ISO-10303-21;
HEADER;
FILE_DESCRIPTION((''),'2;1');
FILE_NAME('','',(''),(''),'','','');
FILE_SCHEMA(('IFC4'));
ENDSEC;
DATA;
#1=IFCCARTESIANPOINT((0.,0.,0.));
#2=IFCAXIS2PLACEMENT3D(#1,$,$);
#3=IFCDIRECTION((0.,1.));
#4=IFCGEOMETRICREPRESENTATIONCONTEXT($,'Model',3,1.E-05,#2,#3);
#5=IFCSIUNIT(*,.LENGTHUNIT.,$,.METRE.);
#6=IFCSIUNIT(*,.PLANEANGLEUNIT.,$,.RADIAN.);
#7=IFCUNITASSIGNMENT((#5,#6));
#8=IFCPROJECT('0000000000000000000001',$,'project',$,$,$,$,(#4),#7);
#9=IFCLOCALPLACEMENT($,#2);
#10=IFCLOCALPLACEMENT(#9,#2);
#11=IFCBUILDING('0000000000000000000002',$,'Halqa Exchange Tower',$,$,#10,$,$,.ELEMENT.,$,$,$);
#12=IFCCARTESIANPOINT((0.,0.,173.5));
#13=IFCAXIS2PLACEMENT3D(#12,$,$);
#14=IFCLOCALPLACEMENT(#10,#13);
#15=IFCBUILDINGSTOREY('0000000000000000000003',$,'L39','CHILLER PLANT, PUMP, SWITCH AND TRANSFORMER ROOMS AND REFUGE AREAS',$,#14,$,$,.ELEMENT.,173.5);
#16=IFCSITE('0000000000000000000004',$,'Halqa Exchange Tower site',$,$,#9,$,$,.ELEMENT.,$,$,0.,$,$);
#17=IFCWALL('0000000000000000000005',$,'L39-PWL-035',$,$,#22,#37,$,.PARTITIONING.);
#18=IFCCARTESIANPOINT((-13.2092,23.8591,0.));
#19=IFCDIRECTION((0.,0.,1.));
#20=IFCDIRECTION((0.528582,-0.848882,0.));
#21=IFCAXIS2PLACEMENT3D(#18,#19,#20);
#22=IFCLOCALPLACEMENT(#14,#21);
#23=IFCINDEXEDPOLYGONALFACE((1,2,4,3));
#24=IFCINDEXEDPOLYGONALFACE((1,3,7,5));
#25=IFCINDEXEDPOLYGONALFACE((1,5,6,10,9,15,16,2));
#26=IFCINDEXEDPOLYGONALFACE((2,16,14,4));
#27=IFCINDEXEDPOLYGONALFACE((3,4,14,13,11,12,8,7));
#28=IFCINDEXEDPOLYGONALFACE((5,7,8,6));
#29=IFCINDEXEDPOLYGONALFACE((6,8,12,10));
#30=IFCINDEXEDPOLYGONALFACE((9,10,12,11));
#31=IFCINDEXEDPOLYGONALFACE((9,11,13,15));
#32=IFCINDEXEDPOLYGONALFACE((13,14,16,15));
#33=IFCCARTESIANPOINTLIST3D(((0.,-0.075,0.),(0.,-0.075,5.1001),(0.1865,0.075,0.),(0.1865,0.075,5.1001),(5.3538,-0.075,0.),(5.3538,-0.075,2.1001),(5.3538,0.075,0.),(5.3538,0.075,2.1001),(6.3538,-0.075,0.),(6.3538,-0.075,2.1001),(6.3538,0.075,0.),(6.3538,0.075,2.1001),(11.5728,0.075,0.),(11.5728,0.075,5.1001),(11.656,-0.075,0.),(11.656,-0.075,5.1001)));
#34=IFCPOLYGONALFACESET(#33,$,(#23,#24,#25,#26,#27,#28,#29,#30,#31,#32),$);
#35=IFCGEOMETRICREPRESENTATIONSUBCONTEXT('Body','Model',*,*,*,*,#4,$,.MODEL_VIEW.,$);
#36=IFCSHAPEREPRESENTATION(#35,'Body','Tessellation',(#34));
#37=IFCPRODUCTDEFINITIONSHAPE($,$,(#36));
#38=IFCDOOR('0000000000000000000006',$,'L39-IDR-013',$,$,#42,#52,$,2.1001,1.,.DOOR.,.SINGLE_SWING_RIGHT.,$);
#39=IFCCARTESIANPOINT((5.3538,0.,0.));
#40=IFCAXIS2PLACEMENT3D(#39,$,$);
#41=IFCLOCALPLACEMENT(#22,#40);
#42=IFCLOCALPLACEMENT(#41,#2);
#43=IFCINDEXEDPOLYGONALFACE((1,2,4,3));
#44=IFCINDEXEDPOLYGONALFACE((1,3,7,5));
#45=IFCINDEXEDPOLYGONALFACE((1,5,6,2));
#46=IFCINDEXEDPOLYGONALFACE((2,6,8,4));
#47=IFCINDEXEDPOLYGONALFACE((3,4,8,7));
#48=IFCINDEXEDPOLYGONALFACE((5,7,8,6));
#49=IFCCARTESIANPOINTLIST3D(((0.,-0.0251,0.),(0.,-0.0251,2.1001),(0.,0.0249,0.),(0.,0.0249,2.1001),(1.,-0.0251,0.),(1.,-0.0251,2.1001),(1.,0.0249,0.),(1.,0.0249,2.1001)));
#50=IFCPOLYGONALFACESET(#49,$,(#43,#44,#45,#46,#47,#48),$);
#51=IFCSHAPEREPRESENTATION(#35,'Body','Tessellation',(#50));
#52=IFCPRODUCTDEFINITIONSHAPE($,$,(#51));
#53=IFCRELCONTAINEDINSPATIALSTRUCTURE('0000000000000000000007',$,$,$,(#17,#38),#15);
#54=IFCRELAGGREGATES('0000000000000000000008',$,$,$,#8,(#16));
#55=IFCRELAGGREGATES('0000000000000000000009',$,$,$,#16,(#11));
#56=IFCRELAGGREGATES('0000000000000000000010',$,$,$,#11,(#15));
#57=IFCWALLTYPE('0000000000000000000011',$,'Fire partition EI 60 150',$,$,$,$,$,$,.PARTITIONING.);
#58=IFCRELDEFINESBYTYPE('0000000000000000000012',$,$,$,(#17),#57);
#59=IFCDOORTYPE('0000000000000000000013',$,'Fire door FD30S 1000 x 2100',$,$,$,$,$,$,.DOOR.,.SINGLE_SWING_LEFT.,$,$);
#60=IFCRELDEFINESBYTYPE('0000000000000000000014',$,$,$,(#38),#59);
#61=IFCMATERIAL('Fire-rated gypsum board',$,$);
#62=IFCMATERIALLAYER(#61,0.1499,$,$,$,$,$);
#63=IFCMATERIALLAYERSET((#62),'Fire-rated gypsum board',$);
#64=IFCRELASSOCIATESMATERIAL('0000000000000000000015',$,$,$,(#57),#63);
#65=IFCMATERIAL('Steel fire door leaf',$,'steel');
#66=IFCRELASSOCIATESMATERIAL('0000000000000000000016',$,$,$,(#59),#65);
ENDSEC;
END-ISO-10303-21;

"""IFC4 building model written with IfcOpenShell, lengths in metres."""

from ifc_helpers import new_model, si_unit, direction, frame, frame_2d, origin, place, context, subcontext, project, spatial, polyline, rectangle, outline, extrude, material, layer, layer_set, type_object, element, fill, save


model = new_model("IFC4")

# Units and contexts
model_context = context("Model", 3, precision=1e-05, world=origin(), true_north=direction((0.0, 1.0)))
body_context = subcontext(model_context, "Body", "Model", "MODEL_VIEW")
ifc_project = project(units=[si_unit("LENGTHUNIT", "METRE"), si_unit("PLANEANGLEUNIT", "RADIAN")], contexts=[model_context])

# Site, building, storey
site_placement = place(None, origin())
site = spatial("IfcSite", under=ifc_project, at=site_placement, Name="Halqa Exchange Tower site", CompositionType="ELEMENT", RefElevation=0.0)
building_placement = place(site_placement, origin())
building = spatial("IfcBuilding", under=site, at=building_placement, Name="Halqa Exchange Tower", CompositionType="ELEMENT")
storey_placement = place(building_placement, frame((0.0, 0.0, 173.5)))
storey = spatial("IfcBuildingStorey", under=building, at=storey_placement, Name="L39", Description="CHILLER PLANT, PUMP, SWITCH AND TRANSFORMER ROOMS AND REFUGE AREAS", CompositionType="ELEMENT", Elevation=173.5)

# Shared definitions
ifc_material_1 = material(Name="Fire-rated gypsum board")
ifc_layer_1 = layer(ifc_material_1, 0.1499)
ifc_layer_set_1 = layer_set([ifc_layer_1], Name="Fire-rated gypsum board")
wall_type_1 = type_object("IfcWallType", Name="Fire partition EI 60 150", PredefinedType="PARTITIONING", material=ifc_layer_set_1)

# Wall, opening, door
wall_1_placement = place(storey_placement, frame((-13.2092, 23.8591, 0.0), z_axis=(0.0, 0.0, 1.0), x_axis=(0.528582, -0.848882, 0.0)))
wall_1 = element("IfcWall", 1, at=wall_1_placement, inside=storey, type_object=wall_type_1, Name="L39-PWL-035", PredefinedType="PARTITIONING", context=body_context, shape_type="SweptSolid", body=[
    extrude(outline(polyline([(11.656, -0.075), (11.656, -0.075), (11.5728, 0.075), (9.675, 0.075), (7.7773, 0.075), (5.8796, 0.075), (3.9819, 0.075), (2.0842, 0.075), (0.1865, 0.075), (0.0, -0.075), (1.9426, -0.075), (3.8855, -0.075), (5.8281, -0.075), (7.7708, -0.075), (9.7134, -0.075), (11.656, -0.075)])), origin(), (0.0, 0.0, 1.0), 5.1001),
])
opening_placement = place(wall_1_placement, frame((5.3538, 0.0, 0.0)))
opening = element("IfcOpeningElement", 2, at=opening_placement, cuts=wall_1, PredefinedType="OPENING", context=body_context, shape_type="SweptSolid", body=[
    extrude(rectangle(XDim=1.0, YDim=2.1001, at=frame_2d((0.5, 1.05))), frame((0.0, 0.0869, 0.0), z_axis=(0.0, -1.0, 0.0), x_axis=(1.0, 0.0, 0.0)), (0.0, 0.0, 1.0), 0.1738),
])
ifc_material_2 = material(Name="Steel fire door leaf", Category="steel")
door_type = type_object("IfcDoorType", Name="Fire door FD30S 1000 x 2100", OperationType="SINGLE_SWING_LEFT", PredefinedType="DOOR", material=ifc_material_2)
door_placement = place(opening_placement, origin())
door = element("IfcDoor", 3, at=door_placement, inside=storey, type_object=door_type, Name="L39-IDR-013", OperationType="SINGLE_SWING_RIGHT", OverallHeight=2.1001, OverallWidth=1.0, PredefinedType="DOOR", context=body_context, shape_type="SweptSolid", body=[
    extrude(rectangle(XDim=1.0, YDim=2.1001, at=frame_2d((0.5, 1.05))), frame((0.0, 0.0249, 0.0), z_axis=(0.0, -1.0, 0.0), x_axis=(1.0, 0.0, 0.0)), (0.0, 0.0, 1.0), 0.05),
])
fill(opening, door)

save(model, "model.ifc")
